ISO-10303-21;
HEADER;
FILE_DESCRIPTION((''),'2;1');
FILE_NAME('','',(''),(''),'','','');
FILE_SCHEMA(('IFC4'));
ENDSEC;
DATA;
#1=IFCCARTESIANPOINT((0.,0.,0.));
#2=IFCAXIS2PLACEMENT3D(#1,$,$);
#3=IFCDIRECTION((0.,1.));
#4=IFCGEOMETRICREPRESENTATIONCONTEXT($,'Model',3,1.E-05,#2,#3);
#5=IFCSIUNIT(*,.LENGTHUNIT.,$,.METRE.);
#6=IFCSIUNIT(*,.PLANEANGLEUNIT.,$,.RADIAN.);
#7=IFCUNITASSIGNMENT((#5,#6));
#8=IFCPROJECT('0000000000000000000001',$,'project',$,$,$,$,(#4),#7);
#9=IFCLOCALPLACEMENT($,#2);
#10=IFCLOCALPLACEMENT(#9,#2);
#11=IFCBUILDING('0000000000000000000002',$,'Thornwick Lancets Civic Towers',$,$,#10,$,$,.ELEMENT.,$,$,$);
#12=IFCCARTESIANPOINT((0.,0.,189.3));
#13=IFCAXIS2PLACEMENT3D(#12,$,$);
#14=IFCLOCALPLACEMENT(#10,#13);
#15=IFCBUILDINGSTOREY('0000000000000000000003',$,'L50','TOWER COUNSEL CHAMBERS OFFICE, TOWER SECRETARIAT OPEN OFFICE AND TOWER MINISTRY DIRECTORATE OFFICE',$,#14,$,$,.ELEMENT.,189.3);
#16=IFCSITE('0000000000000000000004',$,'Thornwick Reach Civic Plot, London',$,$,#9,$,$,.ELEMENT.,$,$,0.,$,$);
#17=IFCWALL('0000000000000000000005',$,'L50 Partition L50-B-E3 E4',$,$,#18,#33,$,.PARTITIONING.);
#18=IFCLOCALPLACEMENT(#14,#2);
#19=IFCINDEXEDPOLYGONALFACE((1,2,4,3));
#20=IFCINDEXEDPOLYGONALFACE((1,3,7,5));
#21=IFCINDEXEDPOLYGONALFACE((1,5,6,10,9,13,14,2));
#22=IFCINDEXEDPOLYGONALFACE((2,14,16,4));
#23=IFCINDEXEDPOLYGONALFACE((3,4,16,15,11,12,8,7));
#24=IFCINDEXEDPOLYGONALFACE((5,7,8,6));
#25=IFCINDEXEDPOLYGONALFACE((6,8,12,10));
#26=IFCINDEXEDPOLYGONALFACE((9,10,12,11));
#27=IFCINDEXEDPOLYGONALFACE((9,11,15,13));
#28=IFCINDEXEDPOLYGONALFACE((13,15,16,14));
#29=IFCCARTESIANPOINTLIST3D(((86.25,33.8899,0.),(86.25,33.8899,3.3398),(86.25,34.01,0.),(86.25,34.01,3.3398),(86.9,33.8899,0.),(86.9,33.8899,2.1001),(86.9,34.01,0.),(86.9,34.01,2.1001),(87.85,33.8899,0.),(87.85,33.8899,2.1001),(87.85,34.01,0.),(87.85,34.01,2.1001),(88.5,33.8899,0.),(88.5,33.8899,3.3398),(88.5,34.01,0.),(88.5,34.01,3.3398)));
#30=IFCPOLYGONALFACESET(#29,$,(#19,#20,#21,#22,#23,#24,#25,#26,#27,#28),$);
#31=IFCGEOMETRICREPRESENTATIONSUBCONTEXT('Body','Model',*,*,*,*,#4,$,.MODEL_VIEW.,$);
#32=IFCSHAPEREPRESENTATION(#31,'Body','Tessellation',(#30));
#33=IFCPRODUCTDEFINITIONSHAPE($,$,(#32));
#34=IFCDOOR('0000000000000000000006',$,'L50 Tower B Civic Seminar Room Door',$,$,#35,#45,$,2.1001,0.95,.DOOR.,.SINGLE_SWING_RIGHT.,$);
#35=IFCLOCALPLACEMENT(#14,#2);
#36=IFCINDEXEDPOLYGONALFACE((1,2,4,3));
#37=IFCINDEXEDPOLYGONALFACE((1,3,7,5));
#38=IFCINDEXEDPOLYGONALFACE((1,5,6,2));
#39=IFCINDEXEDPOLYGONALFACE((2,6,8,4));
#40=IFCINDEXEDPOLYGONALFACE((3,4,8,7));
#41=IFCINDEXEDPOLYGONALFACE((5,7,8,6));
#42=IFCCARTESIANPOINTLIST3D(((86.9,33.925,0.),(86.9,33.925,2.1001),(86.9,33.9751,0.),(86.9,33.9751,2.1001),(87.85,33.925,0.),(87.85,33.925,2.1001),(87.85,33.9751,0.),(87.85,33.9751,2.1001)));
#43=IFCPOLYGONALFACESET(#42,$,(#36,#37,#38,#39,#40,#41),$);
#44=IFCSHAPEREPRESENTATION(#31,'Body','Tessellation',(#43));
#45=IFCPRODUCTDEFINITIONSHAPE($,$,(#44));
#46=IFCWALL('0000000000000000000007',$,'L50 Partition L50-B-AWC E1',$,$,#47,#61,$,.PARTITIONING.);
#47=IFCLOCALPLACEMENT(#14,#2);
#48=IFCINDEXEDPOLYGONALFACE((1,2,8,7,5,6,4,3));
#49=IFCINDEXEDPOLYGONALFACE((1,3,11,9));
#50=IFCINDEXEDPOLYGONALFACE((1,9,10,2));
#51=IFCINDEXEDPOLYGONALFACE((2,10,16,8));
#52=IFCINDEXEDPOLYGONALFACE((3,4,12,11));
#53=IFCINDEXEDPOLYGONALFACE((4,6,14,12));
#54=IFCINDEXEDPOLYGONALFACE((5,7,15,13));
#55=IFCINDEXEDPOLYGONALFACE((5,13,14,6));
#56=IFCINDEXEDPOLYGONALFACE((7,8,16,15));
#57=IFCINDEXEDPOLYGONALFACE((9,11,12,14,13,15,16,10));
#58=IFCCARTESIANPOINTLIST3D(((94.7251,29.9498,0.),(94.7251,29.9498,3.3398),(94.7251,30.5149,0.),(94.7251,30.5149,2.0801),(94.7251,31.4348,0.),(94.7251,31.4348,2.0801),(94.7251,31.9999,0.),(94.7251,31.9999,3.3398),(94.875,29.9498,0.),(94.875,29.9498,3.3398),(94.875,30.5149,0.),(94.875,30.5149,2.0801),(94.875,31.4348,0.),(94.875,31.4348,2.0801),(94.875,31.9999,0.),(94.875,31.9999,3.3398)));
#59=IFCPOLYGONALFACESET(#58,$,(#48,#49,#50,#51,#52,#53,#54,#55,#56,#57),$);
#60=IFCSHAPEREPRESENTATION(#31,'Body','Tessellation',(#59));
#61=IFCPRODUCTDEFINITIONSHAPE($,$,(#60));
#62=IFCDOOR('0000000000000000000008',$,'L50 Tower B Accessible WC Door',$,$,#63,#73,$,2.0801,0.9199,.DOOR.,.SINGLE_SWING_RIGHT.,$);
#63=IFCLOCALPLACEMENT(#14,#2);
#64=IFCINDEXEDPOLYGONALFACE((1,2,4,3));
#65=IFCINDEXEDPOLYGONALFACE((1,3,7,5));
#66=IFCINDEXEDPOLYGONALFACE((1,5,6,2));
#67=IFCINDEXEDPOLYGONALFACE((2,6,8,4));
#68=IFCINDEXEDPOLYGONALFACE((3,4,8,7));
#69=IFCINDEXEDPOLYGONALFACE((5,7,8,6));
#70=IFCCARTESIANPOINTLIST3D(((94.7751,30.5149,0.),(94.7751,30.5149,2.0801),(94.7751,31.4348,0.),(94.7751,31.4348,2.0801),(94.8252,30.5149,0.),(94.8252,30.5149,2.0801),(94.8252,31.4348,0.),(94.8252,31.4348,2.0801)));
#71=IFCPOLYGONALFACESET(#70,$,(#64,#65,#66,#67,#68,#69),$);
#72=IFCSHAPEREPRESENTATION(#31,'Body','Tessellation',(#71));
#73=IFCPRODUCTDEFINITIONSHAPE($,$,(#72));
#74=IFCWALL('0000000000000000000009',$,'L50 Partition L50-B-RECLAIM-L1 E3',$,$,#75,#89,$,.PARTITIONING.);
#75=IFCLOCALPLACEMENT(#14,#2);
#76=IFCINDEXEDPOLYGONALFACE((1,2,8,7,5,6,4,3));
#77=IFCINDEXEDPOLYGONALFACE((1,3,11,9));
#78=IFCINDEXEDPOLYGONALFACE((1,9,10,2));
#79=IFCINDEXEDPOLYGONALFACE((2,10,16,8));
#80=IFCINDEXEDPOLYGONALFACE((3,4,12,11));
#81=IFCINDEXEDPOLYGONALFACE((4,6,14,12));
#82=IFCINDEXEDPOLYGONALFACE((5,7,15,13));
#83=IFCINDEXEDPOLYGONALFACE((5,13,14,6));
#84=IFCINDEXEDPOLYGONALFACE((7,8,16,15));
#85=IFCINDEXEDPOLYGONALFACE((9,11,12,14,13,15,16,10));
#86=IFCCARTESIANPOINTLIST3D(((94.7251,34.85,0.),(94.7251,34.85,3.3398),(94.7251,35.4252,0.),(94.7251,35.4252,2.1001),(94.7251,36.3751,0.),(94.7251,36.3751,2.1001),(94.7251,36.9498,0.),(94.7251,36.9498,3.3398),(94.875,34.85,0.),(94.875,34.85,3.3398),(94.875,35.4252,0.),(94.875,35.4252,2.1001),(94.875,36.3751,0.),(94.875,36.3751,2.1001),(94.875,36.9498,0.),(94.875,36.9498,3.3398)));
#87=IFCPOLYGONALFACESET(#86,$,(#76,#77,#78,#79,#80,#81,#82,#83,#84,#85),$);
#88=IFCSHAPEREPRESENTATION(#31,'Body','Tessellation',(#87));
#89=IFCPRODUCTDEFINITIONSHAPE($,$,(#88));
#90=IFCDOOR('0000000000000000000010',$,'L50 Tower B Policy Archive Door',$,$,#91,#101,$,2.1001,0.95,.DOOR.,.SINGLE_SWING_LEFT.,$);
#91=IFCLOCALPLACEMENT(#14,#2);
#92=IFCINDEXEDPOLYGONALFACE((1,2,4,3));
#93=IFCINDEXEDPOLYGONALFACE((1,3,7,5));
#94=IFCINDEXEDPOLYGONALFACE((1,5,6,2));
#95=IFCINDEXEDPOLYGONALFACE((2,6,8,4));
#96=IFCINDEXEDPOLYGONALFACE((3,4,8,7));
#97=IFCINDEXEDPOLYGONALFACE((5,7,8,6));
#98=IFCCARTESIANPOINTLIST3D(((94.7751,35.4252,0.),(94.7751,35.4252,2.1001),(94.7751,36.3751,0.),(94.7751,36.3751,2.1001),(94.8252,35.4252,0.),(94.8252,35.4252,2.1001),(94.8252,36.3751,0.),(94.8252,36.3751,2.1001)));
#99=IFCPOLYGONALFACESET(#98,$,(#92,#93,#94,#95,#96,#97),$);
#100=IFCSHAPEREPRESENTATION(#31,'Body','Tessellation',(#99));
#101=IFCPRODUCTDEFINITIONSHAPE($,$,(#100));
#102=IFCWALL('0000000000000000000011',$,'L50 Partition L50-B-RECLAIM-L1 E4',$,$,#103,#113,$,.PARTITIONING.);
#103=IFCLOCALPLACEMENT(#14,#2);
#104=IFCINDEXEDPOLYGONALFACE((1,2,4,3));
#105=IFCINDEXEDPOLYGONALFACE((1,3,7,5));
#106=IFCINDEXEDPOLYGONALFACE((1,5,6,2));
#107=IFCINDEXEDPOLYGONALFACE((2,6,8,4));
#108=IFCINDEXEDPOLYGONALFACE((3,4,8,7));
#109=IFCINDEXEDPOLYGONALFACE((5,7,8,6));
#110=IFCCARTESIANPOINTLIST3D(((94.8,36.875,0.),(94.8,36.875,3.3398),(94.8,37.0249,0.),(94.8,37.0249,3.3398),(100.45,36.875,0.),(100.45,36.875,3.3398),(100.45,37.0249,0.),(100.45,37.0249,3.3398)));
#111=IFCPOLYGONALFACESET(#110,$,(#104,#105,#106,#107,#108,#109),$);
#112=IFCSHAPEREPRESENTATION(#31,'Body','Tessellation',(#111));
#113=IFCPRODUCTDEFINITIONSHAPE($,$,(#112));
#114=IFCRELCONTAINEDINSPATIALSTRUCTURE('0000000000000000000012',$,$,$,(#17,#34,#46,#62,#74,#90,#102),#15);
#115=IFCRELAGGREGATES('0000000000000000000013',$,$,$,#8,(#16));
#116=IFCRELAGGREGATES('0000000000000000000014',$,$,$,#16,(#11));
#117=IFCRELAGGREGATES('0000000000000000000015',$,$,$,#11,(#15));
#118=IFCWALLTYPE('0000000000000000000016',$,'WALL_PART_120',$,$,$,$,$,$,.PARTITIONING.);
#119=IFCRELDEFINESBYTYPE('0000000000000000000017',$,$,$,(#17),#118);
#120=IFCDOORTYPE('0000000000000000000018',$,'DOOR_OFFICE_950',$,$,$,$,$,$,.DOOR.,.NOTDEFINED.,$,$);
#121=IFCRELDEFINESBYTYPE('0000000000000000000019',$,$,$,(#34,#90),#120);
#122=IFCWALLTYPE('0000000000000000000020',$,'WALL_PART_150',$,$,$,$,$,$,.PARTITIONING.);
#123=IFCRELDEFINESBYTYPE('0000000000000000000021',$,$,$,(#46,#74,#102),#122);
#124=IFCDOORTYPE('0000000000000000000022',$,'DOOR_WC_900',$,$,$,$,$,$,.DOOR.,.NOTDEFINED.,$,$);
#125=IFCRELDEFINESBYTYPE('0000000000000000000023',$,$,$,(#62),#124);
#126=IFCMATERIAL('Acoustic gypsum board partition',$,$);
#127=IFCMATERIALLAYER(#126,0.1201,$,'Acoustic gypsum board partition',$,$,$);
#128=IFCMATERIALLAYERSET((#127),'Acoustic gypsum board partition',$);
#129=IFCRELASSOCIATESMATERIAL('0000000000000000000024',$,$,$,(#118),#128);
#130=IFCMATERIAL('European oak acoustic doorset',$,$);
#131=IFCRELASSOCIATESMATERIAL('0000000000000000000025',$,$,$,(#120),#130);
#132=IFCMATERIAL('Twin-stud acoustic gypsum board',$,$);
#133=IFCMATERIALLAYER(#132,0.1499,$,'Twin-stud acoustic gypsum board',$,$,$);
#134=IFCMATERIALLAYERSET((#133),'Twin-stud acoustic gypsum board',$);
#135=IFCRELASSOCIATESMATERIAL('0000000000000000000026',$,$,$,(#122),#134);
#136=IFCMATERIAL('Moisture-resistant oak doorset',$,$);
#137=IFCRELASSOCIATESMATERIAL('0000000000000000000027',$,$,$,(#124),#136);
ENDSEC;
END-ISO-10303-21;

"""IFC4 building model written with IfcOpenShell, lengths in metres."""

from ifc_helpers import new_model, si_unit, direction, frame, frame_2d, origin, place, context, subcontext, project, spatial, rectangle, extrude, material, layer, layer_set, type_object, element, fill, save


model = new_model("IFC4")

# Units and contexts
model_context = context("Model", 3, precision=1e-05, world=origin(), true_north=direction((0.0, 1.0)))
body_context = subcontext(model_context, "Body", "Model", "MODEL_VIEW")
ifc_project = project(units=[si_unit("LENGTHUNIT", "METRE"), si_unit("PLANEANGLEUNIT", "RADIAN")], contexts=[model_context])

# Site, building, storey
site_placement = place(None, origin())
site = spatial("IfcSite", under=ifc_project, at=site_placement, Name="Thornwick Reach Civic Plot, London", CompositionType="ELEMENT", RefElevation=0.0)
building_placement = place(site_placement, origin())
building = spatial("IfcBuilding", under=site, at=building_placement, Name="Thornwick Lancets Civic Towers", CompositionType="ELEMENT")
storey_placement = place(building_placement, frame((0.0, 0.0, 189.3)))
storey = spatial("IfcBuildingStorey", under=building, at=storey_placement, Name="L50", Description="TOWER COUNSEL CHAMBERS OFFICE, TOWER SECRETARIAT OPEN OFFICE AND TOWER MINISTRY DIRECTORATE OFFICE", CompositionType="ELEMENT", Elevation=189.3)

# Shared definitions
ifc_material_1 = material(Name="Acoustic gypsum board partition")
ifc_layer_1 = layer(ifc_material_1, 0.1201, Name="Acoustic gypsum board partition")
ifc_layer_set_1 = layer_set([ifc_layer_1], Name="Acoustic gypsum board partition")
wall_type_1 = type_object("IfcWallType", Name="WALL_PART_120", PredefinedType="PARTITIONING", material=ifc_layer_set_1)

# Walls, openings, doors
ifc_material_2 = material(Name="European oak acoustic doorset")
door_type_1 = type_object("IfcDoorType", Name="DOOR_OFFICE_950", OperationType="NOTDEFINED", PredefinedType="DOOR", material=ifc_material_2)
wall_1_placement = place(storey_placement, frame((88.5, 33.95, 0.0), z_axis=(0.0, 0.0, 1.0), x_axis=(-1.0, 0.0, 0.0)))
wall_1 = element("IfcWall", 1, at=wall_1_placement, inside=storey, type_object=wall_type_1, Name="L50 Partition L50-B-E3 E4", PredefinedType="PARTITIONING", context=body_context, shape_type="SweptSolid", body=[
    extrude(rectangle(XDim=2.25, YDim=0.1201, at=frame_2d((1.125, 0.0))), origin(), (0.0, 0.0, 1.0), 3.3398),
])
opening_1_placement = place(wall_1_placement, frame((0.6499, 0.0, 0.0)))
opening_1 = element("IfcOpeningElement", 2, at=opening_1_placement, cuts=wall_1, PredefinedType="OPENING", context=body_context, shape_type="SweptSolid", body=[
    extrude(rectangle(XDim=0.95, YDim=2.1001, at=frame_2d((0.4751, 1.05))), frame((0.0, 0.0701, 0.0), z_axis=(0.0, -1.0, 0.0), x_axis=(1.0, 0.0, 0.0)), (0.0, 0.0, 1.0), 0.1401),
])
door_1_placement = place(opening_1_placement, origin())
door_1 = element("IfcDoor", 3, at=door_1_placement, inside=storey, type_object=door_type_1, Name="L50 Tower B Civic Seminar Room Door", OperationType="SINGLE_SWING_RIGHT", OverallHeight=2.1001, OverallWidth=0.95, PredefinedType="DOOR", context=body_context, shape_type="SweptSolid", body=[
    extrude(rectangle(XDim=0.95, YDim=2.1001, at=frame_2d((0.4751, 1.05))), frame((0.0, 0.0249, 0.0), z_axis=(0.0, -1.0, 0.0), x_axis=(1.0, 0.0, 0.0)), (0.0, 0.0, 1.0), 0.05),
])
fill(opening_1, door_1)
ifc_material_3 = material(Name="Twin-stud acoustic gypsum board")
ifc_layer_2 = layer(ifc_material_3, 0.1499, Name="Twin-stud acoustic gypsum board")
ifc_layer_set_2 = layer_set([ifc_layer_2], Name="Twin-stud acoustic gypsum board")
wall_type_2 = type_object("IfcWallType", Name="WALL_PART_150", PredefinedType="PARTITIONING", material=ifc_layer_set_2)
wall_2_placement = place(storey_placement, frame((94.8, 29.95, 0.0), z_axis=(0.0, 0.0, 1.0), x_axis=(0.0, 1.0, 0.0)))
wall_2 = element("IfcWall", 4, at=wall_2_placement, inside=storey, type_object=wall_type_2, Name="L50 Partition L50-B-AWC E1", PredefinedType="PARTITIONING", context=body_context, shape_type="SweptSolid", body=[
    extrude(rectangle(XDim=2.05, YDim=0.1499, at=frame_2d((1.0249, 0.0))), origin(), (0.0, 0.0, 1.0), 3.3398),
])
opening_2_placement = place(wall_2_placement, frame((0.5649, 0.0, 0.0)))
opening_2 = element("IfcOpeningElement", 5, at=opening_2_placement, cuts=wall_2, PredefinedType="OPENING", context=body_context, shape_type="SweptSolid", body=[
    extrude(rectangle(XDim=0.9199, YDim=2.0801, at=frame_2d((0.46, 1.04))), frame((0.0, 0.085, 0.0), z_axis=(0.0, -1.0, 0.0), x_axis=(1.0, 0.0, 0.0)), (0.0, 0.0, 1.0), 0.1699),
])
ifc_material_4 = material(Name="Moisture-resistant oak doorset")
door_type_2 = type_object("IfcDoorType", Name="DOOR_WC_900", OperationType="NOTDEFINED", PredefinedType="DOOR", material=ifc_material_4)
door_2_placement = place(opening_2_placement, origin())
door_2 = element("IfcDoor", 6, at=door_2_placement, inside=storey, type_object=door_type_2, Name="L50 Tower B Accessible WC Door", OperationType="SINGLE_SWING_RIGHT", OverallHeight=2.0801, OverallWidth=0.9199, PredefinedType="DOOR", context=body_context, shape_type="SweptSolid", body=[
    extrude(rectangle(XDim=0.9199, YDim=2.0801, at=frame_2d((0.46, 1.04))), frame((0.0, 0.0249, 0.0), z_axis=(0.0, -1.0, 0.0), x_axis=(1.0, 0.0, 0.0)), (0.0, 0.0, 1.0), 0.05),
])
fill(opening_2, door_2)
wall_3_placement = place(storey_placement, frame((94.8, 34.8501, 0.0), z_axis=(0.0, 0.0, 1.0), x_axis=(0.0, 1.0, 0.0)))
wall_3 = element("IfcWall", 7, at=wall_3_placement, inside=storey, type_object=wall_type_2, Name="L50 Partition L50-B-RECLAIM-L1 E3", PredefinedType="PARTITIONING", context=body_context, shape_type="SweptSolid", body=[
    extrude(rectangle(XDim=2.0999, YDim=0.1499, at=frame_2d((1.0498, 0.0))), origin(), (0.0, 0.0, 1.0), 3.3398),
])
opening_3_placement = place(wall_3_placement, frame((0.575, 0.0, 0.0)))
opening_3 = element("IfcOpeningElement", 8, at=opening_3_placement, cuts=wall_3, PredefinedType="OPENING", context=body_context, shape_type="SweptSolid", body=[
    extrude(rectangle(XDim=0.95, YDim=2.1001, at=frame_2d((0.4751, 1.05))), frame((0.0, 0.085, 0.0), z_axis=(0.0, -1.0, 0.0), x_axis=(1.0, 0.0, 0.0)), (0.0, 0.0, 1.0), 0.1699),
])
door_3_placement = place(opening_3_placement, origin())
door_3 = element("IfcDoor", 9, at=door_3_placement, inside=storey, type_object=door_type_1, Name="L50 Tower B Policy Archive Door", OperationType="SINGLE_SWING_LEFT", OverallHeight=2.1001, OverallWidth=0.95, PredefinedType="DOOR", context=body_context, shape_type="SweptSolid", body=[
    extrude(rectangle(XDim=0.95, YDim=2.1001, at=frame_2d((0.4751, 1.05))), frame((0.0, 0.0249, 0.0), z_axis=(0.0, -1.0, 0.0), x_axis=(1.0, 0.0, 0.0)), (0.0, 0.0, 1.0), 0.05),
])
fill(opening_3, door_3)

# Wall
wall_4_placement = place(storey_placement, frame((94.8, 36.95, 0.0), z_axis=(0.0, 0.0, 1.0), x_axis=(1.0, 0.0, 0.0)))
element("IfcWall", 10, at=wall_4_placement, inside=storey, type_object=wall_type_2, Name="L50 Partition L50-B-RECLAIM-L1 E4", PredefinedType="PARTITIONING", context=body_context, shape_type="SweptSolid", body=[
    extrude(rectangle(XDim=5.6499, YDim=0.1499, at=frame_2d((2.825, 0.0))), origin(), (0.0, 0.0, 1.0), 3.3398),
])

save(model, "model.ifc")
